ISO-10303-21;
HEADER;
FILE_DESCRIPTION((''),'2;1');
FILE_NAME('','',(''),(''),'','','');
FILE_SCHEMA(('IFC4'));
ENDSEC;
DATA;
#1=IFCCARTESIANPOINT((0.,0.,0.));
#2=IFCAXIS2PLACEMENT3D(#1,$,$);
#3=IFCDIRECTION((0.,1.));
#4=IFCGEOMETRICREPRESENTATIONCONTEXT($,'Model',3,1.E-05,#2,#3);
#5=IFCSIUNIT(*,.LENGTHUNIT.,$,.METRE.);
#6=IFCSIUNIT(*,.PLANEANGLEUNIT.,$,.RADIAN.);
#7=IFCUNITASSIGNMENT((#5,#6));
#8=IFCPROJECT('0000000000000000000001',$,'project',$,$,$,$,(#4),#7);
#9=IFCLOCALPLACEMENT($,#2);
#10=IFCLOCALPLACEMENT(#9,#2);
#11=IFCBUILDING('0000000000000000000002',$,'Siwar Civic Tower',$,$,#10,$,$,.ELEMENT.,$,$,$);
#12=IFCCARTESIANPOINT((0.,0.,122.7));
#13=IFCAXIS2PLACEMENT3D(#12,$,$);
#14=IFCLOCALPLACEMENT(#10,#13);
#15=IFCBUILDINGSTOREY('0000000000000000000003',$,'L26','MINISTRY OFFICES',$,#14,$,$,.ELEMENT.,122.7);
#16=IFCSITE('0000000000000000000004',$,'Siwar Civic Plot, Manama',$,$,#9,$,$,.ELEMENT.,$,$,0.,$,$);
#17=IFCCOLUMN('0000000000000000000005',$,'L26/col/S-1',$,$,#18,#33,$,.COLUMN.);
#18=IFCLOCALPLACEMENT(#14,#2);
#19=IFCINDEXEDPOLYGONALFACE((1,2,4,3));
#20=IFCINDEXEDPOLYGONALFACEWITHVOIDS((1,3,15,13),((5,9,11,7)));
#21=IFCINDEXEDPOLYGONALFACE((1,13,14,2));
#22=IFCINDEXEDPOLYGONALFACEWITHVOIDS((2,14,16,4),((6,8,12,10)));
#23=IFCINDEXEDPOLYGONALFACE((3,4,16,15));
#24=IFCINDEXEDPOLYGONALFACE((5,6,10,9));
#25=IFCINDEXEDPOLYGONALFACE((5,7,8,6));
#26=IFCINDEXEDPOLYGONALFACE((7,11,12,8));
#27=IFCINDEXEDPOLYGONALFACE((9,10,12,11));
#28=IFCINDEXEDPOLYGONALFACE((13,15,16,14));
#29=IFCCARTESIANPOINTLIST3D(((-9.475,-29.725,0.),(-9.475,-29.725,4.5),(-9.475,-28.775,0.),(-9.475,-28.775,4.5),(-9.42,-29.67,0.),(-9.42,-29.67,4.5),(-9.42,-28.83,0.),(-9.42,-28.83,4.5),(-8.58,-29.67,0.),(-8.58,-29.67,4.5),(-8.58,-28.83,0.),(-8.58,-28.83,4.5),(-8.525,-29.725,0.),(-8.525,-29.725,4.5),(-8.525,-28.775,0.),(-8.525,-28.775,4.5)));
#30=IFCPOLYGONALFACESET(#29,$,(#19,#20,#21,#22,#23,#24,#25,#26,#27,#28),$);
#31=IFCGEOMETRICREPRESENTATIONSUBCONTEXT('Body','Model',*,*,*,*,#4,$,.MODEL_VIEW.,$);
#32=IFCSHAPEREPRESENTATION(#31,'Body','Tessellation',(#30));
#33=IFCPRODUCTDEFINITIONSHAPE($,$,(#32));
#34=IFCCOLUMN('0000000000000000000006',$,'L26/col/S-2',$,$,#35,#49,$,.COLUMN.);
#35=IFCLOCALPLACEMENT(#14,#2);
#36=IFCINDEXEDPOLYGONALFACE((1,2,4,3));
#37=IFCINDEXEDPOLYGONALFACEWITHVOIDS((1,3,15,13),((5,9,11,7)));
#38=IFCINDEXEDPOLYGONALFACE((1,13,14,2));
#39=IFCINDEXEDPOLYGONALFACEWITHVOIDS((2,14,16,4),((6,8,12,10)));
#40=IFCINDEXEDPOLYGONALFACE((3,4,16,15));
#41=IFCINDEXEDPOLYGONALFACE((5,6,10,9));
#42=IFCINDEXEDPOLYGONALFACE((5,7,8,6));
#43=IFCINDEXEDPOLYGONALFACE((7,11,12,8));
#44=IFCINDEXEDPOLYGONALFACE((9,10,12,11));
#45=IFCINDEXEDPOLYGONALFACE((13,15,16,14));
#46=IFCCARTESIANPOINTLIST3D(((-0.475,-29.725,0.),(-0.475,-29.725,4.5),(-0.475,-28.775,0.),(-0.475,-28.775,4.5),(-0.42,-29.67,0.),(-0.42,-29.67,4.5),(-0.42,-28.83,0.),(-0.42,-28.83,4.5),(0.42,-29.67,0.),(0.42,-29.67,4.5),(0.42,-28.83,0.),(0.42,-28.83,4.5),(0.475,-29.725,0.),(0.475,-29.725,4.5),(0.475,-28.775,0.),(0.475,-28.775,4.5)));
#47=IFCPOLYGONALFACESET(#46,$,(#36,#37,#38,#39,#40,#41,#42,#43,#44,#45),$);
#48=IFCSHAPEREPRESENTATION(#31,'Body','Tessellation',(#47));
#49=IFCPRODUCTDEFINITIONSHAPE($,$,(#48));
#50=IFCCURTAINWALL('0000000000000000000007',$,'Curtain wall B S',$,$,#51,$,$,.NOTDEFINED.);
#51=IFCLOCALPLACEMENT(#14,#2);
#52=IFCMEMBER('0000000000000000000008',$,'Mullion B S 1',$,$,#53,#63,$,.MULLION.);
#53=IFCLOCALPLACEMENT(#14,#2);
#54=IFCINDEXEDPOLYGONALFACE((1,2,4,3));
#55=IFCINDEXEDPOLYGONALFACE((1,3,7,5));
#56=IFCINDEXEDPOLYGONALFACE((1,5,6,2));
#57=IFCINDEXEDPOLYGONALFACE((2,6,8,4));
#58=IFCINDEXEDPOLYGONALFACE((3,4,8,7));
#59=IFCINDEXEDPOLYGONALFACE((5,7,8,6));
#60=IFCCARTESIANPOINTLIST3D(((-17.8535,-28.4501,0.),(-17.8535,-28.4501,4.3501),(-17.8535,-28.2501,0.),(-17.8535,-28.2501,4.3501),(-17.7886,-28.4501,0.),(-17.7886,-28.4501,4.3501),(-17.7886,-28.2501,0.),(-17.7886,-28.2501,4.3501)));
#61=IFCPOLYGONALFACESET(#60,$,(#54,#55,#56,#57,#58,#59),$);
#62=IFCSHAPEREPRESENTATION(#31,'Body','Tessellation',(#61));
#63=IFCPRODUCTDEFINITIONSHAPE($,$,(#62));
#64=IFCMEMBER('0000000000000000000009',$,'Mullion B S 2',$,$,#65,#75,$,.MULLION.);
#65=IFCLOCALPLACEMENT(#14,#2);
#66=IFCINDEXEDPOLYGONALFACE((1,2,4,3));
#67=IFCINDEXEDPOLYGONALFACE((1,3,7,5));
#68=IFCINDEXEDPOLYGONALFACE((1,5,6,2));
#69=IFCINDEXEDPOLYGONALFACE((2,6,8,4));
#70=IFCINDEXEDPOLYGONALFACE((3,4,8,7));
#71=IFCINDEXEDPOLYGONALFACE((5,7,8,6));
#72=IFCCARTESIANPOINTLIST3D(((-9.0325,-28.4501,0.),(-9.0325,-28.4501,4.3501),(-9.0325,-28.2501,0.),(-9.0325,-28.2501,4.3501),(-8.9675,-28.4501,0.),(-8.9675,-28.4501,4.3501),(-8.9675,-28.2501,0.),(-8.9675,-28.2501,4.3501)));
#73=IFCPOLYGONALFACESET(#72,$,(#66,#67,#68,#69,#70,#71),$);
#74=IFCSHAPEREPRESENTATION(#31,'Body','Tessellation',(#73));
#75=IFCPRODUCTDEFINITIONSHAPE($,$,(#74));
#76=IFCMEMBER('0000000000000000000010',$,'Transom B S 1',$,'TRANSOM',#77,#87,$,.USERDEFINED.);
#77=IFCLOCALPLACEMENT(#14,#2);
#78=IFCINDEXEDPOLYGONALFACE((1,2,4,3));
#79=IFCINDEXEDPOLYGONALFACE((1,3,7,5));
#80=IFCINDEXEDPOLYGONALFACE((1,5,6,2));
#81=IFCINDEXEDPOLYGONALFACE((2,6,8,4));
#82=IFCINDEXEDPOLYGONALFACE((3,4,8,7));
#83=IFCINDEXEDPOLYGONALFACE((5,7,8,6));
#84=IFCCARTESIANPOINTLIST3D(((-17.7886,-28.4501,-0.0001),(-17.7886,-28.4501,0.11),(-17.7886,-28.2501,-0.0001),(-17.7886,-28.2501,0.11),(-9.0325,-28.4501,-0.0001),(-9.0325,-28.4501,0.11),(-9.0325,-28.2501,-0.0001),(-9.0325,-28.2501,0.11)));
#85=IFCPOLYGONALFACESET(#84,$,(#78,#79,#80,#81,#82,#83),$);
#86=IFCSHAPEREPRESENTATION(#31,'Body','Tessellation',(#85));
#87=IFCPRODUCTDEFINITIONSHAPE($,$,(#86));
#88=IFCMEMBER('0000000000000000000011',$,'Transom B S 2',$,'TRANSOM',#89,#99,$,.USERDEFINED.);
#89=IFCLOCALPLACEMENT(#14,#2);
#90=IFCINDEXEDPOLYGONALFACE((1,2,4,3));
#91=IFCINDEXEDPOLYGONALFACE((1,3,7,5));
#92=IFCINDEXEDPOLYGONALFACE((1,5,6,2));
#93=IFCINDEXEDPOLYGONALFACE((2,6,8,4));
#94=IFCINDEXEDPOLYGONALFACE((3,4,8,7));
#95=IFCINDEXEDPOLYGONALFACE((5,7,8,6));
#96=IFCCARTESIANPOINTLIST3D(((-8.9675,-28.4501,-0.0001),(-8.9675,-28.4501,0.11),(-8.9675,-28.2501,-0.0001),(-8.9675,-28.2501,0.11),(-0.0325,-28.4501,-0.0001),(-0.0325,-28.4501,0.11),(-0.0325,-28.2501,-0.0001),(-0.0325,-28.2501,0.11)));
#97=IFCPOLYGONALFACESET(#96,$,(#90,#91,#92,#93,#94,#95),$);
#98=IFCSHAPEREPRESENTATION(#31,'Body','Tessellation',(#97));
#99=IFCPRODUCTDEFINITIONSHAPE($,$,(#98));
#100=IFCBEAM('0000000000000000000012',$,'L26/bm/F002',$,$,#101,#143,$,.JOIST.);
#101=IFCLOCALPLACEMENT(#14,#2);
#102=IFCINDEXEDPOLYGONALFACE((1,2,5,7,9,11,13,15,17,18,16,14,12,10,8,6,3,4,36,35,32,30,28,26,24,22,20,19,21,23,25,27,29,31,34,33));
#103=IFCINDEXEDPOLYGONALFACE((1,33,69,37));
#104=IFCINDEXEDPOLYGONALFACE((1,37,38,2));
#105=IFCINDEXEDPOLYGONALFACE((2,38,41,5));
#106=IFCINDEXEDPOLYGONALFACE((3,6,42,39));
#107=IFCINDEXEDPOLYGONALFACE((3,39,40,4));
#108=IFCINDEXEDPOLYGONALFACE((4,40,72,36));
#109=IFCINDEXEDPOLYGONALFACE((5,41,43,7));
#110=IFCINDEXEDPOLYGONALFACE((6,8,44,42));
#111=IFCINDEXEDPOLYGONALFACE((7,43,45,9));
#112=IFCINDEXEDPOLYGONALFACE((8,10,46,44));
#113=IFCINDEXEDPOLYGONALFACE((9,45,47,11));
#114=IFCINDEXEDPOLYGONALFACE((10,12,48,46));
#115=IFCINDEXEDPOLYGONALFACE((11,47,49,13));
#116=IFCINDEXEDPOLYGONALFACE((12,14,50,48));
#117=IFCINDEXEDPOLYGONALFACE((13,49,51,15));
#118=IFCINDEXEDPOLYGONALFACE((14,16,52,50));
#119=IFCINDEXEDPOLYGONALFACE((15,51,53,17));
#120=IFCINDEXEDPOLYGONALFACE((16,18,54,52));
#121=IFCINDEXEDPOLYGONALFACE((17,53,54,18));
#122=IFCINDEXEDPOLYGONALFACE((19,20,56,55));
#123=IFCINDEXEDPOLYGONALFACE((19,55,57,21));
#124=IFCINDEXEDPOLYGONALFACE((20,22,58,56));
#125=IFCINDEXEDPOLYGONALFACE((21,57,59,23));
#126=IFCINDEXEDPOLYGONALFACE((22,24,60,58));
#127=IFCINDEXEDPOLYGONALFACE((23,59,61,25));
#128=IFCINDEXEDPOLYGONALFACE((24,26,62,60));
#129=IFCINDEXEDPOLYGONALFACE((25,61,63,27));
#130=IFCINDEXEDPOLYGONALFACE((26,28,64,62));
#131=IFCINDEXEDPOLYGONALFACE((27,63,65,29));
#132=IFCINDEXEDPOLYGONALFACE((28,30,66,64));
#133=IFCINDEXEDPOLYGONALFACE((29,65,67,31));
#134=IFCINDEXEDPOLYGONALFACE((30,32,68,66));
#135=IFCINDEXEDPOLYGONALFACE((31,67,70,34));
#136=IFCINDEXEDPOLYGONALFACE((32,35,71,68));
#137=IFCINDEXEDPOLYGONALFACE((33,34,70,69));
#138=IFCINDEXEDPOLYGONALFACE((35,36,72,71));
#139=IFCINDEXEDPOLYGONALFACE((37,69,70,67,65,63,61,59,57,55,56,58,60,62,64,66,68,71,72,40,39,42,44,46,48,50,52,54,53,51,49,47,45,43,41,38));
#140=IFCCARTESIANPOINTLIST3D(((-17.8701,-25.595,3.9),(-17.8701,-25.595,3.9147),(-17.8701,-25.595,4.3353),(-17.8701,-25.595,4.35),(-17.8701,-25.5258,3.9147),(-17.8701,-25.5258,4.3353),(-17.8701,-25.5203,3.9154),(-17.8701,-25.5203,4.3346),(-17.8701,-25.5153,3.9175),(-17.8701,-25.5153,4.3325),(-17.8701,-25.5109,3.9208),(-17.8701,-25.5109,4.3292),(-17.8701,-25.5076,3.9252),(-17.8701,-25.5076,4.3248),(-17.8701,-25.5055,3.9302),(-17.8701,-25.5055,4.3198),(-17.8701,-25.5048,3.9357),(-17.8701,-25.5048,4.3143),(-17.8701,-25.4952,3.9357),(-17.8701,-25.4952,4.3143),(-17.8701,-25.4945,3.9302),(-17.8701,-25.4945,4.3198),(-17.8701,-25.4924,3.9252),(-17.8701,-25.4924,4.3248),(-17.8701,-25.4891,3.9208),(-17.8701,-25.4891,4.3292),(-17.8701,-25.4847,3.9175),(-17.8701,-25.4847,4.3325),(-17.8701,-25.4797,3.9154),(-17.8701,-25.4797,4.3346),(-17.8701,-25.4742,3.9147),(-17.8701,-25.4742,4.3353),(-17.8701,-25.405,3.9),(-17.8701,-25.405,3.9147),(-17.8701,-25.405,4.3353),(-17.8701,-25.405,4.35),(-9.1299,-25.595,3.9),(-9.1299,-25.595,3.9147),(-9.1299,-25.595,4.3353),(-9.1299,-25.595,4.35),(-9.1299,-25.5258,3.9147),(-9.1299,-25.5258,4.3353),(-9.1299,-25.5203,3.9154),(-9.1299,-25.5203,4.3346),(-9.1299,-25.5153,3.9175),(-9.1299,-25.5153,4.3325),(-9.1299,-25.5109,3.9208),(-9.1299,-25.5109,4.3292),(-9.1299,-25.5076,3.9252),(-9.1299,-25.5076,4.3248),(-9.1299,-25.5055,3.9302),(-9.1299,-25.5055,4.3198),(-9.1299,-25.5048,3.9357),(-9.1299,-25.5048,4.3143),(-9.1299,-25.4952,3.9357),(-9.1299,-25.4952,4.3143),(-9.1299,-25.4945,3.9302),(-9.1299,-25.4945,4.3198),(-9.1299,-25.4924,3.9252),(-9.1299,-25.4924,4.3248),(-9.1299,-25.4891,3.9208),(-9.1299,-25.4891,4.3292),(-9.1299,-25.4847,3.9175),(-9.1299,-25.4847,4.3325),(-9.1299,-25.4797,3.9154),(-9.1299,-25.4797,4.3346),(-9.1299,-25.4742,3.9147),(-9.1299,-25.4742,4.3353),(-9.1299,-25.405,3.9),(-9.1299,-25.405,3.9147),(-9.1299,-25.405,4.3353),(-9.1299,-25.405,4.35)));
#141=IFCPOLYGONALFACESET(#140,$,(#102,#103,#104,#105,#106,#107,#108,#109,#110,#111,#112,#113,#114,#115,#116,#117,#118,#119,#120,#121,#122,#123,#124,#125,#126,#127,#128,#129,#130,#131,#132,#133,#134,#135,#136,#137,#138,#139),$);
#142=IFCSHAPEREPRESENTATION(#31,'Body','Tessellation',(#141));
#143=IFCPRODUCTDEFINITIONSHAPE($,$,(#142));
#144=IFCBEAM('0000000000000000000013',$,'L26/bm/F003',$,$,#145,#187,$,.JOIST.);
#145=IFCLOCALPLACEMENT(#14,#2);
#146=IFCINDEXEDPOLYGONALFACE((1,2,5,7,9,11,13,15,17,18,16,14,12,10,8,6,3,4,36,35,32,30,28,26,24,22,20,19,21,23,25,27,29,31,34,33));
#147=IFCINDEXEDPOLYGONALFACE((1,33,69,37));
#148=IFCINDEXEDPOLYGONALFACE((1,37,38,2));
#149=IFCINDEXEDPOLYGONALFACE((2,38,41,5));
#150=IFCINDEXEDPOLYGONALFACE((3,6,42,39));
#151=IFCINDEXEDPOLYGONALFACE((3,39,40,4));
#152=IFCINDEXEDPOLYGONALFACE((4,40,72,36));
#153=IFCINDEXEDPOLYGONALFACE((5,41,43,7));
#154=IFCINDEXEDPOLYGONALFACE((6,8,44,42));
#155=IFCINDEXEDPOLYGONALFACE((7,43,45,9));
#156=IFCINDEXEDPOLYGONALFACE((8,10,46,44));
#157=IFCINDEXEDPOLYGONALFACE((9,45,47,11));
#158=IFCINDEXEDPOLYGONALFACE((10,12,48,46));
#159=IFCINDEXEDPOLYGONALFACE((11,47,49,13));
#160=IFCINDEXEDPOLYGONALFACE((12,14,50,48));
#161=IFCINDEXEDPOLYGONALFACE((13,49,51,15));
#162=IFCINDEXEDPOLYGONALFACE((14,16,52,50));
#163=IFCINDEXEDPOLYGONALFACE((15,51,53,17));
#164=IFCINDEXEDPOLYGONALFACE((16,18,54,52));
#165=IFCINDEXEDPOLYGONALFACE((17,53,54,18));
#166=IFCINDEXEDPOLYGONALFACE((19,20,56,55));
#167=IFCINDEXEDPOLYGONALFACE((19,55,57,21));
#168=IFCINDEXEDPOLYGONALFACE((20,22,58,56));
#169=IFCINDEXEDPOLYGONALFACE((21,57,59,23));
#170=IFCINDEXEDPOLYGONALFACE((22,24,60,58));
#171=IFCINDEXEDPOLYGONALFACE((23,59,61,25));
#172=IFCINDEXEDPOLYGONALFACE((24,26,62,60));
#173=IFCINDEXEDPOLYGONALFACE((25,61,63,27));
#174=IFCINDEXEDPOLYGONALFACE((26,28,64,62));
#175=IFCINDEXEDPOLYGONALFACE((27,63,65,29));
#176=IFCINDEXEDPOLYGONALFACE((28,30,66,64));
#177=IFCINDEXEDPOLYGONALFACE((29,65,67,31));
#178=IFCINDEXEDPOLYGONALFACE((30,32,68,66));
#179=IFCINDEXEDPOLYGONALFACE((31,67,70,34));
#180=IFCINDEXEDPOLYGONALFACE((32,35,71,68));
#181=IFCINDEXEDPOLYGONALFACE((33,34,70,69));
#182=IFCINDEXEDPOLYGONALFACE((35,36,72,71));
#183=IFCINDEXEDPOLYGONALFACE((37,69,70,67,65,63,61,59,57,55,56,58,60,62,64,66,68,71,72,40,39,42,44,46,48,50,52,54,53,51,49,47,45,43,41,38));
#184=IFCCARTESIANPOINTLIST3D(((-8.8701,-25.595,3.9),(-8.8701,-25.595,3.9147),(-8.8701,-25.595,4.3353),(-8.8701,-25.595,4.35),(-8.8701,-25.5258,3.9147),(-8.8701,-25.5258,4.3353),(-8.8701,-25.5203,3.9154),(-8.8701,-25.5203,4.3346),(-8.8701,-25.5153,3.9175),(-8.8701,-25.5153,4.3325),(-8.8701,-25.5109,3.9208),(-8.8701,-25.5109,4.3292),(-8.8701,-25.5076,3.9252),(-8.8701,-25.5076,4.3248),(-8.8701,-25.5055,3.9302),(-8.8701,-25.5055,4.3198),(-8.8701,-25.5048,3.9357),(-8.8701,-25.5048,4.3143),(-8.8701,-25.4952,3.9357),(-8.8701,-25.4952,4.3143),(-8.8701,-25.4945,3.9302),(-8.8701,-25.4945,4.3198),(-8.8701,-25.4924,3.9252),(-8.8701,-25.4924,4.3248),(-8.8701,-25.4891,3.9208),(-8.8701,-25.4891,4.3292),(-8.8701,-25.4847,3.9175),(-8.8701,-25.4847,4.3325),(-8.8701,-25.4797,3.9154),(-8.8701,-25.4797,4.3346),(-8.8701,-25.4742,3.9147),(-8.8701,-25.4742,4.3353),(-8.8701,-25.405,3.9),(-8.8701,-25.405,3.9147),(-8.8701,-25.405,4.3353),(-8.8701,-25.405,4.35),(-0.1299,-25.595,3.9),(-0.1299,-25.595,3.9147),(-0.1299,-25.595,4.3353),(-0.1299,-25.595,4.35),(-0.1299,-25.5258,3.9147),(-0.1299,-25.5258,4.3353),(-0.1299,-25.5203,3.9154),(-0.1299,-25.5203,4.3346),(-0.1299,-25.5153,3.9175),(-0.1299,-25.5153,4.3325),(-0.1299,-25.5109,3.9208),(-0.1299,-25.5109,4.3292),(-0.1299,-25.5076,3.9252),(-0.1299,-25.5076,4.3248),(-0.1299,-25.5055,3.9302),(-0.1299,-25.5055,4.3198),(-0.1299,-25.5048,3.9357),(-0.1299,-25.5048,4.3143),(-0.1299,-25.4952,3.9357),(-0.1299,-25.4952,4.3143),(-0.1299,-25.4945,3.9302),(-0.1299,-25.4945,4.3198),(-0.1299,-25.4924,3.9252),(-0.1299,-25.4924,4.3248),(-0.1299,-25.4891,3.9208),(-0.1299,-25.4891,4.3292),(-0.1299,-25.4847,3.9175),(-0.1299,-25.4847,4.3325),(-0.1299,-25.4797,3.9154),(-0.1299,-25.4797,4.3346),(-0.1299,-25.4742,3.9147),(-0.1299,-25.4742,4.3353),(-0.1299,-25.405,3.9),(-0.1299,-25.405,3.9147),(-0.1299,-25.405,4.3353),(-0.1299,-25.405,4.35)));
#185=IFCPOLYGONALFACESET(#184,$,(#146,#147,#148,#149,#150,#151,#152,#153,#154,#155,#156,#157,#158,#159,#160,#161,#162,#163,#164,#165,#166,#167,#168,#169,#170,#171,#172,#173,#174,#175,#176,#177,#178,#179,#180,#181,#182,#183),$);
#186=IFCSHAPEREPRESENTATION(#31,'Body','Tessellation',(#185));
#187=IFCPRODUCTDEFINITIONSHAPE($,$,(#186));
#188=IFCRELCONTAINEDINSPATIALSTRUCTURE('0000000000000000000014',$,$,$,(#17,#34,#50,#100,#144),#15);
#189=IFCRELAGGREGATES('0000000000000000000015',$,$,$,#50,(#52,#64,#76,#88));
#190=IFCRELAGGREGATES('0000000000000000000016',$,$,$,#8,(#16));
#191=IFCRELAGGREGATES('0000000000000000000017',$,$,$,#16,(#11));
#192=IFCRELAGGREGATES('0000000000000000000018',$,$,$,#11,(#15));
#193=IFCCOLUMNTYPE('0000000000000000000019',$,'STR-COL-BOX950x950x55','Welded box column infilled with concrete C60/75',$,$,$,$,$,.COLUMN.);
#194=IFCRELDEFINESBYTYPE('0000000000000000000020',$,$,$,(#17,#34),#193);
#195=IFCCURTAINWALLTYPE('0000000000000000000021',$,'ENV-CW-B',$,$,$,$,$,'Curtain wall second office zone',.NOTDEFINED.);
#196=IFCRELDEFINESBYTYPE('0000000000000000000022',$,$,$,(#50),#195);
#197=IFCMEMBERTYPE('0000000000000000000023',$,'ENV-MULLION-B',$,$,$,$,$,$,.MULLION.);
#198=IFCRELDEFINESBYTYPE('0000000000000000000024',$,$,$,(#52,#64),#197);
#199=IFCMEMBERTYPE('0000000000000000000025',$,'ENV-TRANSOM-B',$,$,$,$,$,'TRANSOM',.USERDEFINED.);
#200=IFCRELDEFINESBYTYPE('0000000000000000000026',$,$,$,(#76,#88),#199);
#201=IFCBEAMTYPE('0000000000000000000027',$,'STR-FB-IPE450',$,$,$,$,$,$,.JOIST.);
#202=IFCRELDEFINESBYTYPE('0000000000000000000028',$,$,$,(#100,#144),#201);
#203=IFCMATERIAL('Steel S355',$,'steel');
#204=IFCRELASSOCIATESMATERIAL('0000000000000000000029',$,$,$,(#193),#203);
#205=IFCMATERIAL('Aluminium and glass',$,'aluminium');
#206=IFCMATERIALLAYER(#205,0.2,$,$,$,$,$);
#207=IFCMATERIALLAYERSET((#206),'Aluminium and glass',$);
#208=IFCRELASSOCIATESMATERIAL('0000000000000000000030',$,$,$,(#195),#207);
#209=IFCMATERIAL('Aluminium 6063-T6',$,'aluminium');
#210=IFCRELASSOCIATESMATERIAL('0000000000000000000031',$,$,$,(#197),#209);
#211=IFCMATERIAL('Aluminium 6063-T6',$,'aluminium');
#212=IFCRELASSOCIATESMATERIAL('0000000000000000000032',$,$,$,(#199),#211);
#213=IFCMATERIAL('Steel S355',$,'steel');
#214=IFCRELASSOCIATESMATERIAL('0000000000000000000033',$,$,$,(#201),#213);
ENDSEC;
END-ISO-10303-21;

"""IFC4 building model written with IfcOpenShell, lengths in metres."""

from ifc_helpers import new_model, si_unit, direction, frame, origin, origin_2d, place, context, subcontext, project, spatial, rectangle, hollow_rectangle, i_section, extrude, material, layer, layer_set, material_profile, profile_set, type_object, element, aggregate, save


model = new_model("IFC4")

# Units and contexts
model_context = context("Model", 3, precision=1e-05, world=origin(), true_north=direction((0.0, 1.0)))
body_context = subcontext(model_context, "Body", "Model", "MODEL_VIEW")
ifc_project = project(units=[si_unit("LENGTHUNIT", "METRE"), si_unit("PLANEANGLEUNIT", "RADIAN")], contexts=[model_context])

# Site, building, storey
site_placement = place(None, origin())
site = spatial("IfcSite", under=ifc_project, at=site_placement, Name="Siwar Civic Plot, Manama", CompositionType="ELEMENT", RefElevation=0.0)
building_placement = place(site_placement, origin())
building = spatial("IfcBuilding", under=site, at=building_placement, Name="Siwar Civic Tower", CompositionType="ELEMENT")
storey_placement = place(building_placement, frame((0.0, 0.0, 122.7)))
storey = spatial("IfcBuildingStorey", under=building, at=storey_placement, Name="L26", Description="MINISTRY OFFICES", CompositionType="ELEMENT", Elevation=122.7)

# Columns
ifc_material_1 = material(Name="Steel S355", Category="steel")
ifc_material_profile_1 = material_profile(ifc_material_1, hollow_rectangle(XDim=0.95, YDim=0.95, WallThickness=0.0549, at=origin_2d()), Name="BOX950x950x55")
ifc_profile_set_1 = profile_set([ifc_material_profile_1], Name="Steel S355")
column_type = type_object("IfcColumnType", Name="STR-COL-BOX950x950x55", Description="Welded box column infilled with concrete C60/75", PredefinedType="COLUMN", material=ifc_profile_set_1)
for number, where, z_axis, x_axis, name in (
    (1, (-9.0, -29.25, 0.0), (0.0, 0.0, 1.0), (1.0, 0.0, 0.0), "L26/col/S-1"),
    (2, (0.0, -29.25, 0.0), (0.0, 0.0, 1.0), (1.0, 0.0, 0.0), "L26/col/S-2"),
):
    element("IfcColumn", number, at=place(storey_placement, frame(where, z_axis=z_axis, x_axis=x_axis)), inside=storey, type_object=column_type, Name=name, PredefinedType="COLUMN", context=body_context, shape_type="SweptSolid", body=[
        extrude(hollow_rectangle(XDim=0.95, YDim=0.95, WallThickness=0.0549, at=origin_2d()), origin(), (0.0, 0.0, 1.0), 4.5),
    ])

# Curtain wall, members
ifc_material_2 = material(Name="Aluminium and glass", Category="aluminium")
ifc_layer_1 = layer(ifc_material_2, 0.2)
ifc_layer_set_1 = layer_set([ifc_layer_1], Name="Aluminium and glass")
curtain_wall_type = type_object("IfcCurtainWallType", Name="ENV-CW-B", ElementType="Curtain wall second office zone", PredefinedType="NOTDEFINED", material=ifc_layer_set_1)
curtain_wall_placement = place(storey_placement, origin())
curtain_wall = element("IfcCurtainWall", 3, at=curtain_wall_placement, inside=storey, type_object=curtain_wall_type, Name="Curtain wall B S", PredefinedType="NOTDEFINED")
ifc_material_3 = material(Name="Aluminium 6063-T6", Category="aluminium")
ifc_material_profile_2 = material_profile(ifc_material_3, rectangle(XDim=0.2, YDim=0.0649, at=origin_2d()), Name="AL 200x65")
ifc_profile_set_2 = profile_set([ifc_material_profile_2], Name="Aluminium 6063-T6")
member_type_1 = type_object("IfcMemberType", Name="ENV-MULLION-B", PredefinedType="MULLION", material=ifc_profile_set_2)
member_1_placement = place(storey_placement, frame((-17.821, -28.3501, 0.0), z_axis=(0.0, 0.0, 1.0), x_axis=(0.0, 1.0, 0.0)))
member_1 = element("IfcMember", 4, at=member_1_placement, type_object=member_type_1, Name="Mullion B S 1", PredefinedType="MULLION", context=body_context, shape_type="SweptSolid", body=[
    extrude(rectangle(XDim=0.2, YDim=0.0649, at=origin_2d()), origin(), (0.0, 0.0, 1.0), 4.3501),
])
member_2_placement = place(storey_placement, frame((-9.0, -28.3501, 0.0), z_axis=(0.0, 0.0, 1.0), x_axis=(0.0, 1.0, 0.0)))
member_2 = element("IfcMember", 5, at=member_2_placement, type_object=member_type_1, Name="Mullion B S 2", PredefinedType="MULLION", context=body_context, shape_type="SweptSolid", body=[
    extrude(rectangle(XDim=0.2, YDim=0.0649, at=origin_2d()), origin(), (0.0, 0.0, 1.0), 4.3501),
])
ifc_material_4 = material(Name="Aluminium 6063-T6", Category="aluminium")
ifc_material_profile_3 = material_profile(ifc_material_4, rectangle(XDim=0.2, YDim=0.1101, at=origin_2d()), Name="AL 200x110")
ifc_profile_set_3 = profile_set([ifc_material_profile_3], Name="Aluminium 6063-T6")
member_type_2 = type_object("IfcMemberType", Name="ENV-TRANSOM-B", ElementType="TRANSOM", PredefinedType="USERDEFINED", material=ifc_profile_set_3)
member_3_placement = place(storey_placement, frame((-17.7886, -28.3501, 0.0549), z_axis=(1.0, 0.0, 0.0), x_axis=(0.0, 1.0, 0.0)))
member_3 = element("IfcMember", 6, at=member_3_placement, type_object=member_type_2, Name="Transom B S 1", ObjectType="TRANSOM", PredefinedType="USERDEFINED", context=body_context, shape_type="SweptSolid", body=[
    extrude(rectangle(XDim=0.2, YDim=0.1101, at=origin_2d()), origin(), (0.0, 0.0, 1.0), 8.7561),
])
member_4_placement = place(storey_placement, frame((-8.9675, -28.3501, 0.0549), z_axis=(1.0, 0.0, 0.0), x_axis=(0.0, 1.0, 0.0)))
member_4 = element("IfcMember", 7, at=member_4_placement, type_object=member_type_2, Name="Transom B S 2", ObjectType="TRANSOM", PredefinedType="USERDEFINED", context=body_context, shape_type="SweptSolid", body=[
    extrude(rectangle(XDim=0.2, YDim=0.1101, at=origin_2d()), origin(), (0.0, 0.0, 1.0), 8.9351),
])

# Beams
ifc_material_5 = material(Name="Steel S355", Category="steel")
ifc_material_profile_4 = material_profile(ifc_material_5, i_section(OverallWidth=0.1899, OverallDepth=0.45, WebThickness=0.0095, FlangeThickness=0.0146, FilletRadius=0.021, at=origin_2d()), Name="IPE450")
ifc_profile_set_4 = profile_set([ifc_material_profile_4], Name="Steel S355")
beam_type_1 = type_object("IfcBeamType", Name="STR-FB-IPE450", PredefinedType="JOIST", material=ifc_profile_set_4)
for number, where, z_axis, x_axis, name in (
    (8, (-17.8701, -25.5, 4.125), (1.0, 0.0, 0.0), (0.0, 1.0, 0.0), "L26/bm/F002"),
    (9, (-8.8701, -25.5, 4.125), (1.0, 0.0, 0.0), (0.0, 1.0, 0.0), "L26/bm/F003"),
):
    element("IfcBeam", number, at=place(storey_placement, frame(where, z_axis=z_axis, x_axis=x_axis)), inside=storey, type_object=beam_type_1, Name=name, PredefinedType="JOIST", context=body_context, shape_type="SweptSolid", body=[
        extrude(i_section(OverallWidth=0.1899, OverallDepth=0.45, WebThickness=0.0095, FlangeThickness=0.0146, FilletRadius=0.021, at=origin_2d()), origin(), (0.0, 0.0, 1.0), 8.7402),
    ])

aggregate(curtain_wall, [member_1, member_2, member_3, member_4])

save(model, "model.ifc")
